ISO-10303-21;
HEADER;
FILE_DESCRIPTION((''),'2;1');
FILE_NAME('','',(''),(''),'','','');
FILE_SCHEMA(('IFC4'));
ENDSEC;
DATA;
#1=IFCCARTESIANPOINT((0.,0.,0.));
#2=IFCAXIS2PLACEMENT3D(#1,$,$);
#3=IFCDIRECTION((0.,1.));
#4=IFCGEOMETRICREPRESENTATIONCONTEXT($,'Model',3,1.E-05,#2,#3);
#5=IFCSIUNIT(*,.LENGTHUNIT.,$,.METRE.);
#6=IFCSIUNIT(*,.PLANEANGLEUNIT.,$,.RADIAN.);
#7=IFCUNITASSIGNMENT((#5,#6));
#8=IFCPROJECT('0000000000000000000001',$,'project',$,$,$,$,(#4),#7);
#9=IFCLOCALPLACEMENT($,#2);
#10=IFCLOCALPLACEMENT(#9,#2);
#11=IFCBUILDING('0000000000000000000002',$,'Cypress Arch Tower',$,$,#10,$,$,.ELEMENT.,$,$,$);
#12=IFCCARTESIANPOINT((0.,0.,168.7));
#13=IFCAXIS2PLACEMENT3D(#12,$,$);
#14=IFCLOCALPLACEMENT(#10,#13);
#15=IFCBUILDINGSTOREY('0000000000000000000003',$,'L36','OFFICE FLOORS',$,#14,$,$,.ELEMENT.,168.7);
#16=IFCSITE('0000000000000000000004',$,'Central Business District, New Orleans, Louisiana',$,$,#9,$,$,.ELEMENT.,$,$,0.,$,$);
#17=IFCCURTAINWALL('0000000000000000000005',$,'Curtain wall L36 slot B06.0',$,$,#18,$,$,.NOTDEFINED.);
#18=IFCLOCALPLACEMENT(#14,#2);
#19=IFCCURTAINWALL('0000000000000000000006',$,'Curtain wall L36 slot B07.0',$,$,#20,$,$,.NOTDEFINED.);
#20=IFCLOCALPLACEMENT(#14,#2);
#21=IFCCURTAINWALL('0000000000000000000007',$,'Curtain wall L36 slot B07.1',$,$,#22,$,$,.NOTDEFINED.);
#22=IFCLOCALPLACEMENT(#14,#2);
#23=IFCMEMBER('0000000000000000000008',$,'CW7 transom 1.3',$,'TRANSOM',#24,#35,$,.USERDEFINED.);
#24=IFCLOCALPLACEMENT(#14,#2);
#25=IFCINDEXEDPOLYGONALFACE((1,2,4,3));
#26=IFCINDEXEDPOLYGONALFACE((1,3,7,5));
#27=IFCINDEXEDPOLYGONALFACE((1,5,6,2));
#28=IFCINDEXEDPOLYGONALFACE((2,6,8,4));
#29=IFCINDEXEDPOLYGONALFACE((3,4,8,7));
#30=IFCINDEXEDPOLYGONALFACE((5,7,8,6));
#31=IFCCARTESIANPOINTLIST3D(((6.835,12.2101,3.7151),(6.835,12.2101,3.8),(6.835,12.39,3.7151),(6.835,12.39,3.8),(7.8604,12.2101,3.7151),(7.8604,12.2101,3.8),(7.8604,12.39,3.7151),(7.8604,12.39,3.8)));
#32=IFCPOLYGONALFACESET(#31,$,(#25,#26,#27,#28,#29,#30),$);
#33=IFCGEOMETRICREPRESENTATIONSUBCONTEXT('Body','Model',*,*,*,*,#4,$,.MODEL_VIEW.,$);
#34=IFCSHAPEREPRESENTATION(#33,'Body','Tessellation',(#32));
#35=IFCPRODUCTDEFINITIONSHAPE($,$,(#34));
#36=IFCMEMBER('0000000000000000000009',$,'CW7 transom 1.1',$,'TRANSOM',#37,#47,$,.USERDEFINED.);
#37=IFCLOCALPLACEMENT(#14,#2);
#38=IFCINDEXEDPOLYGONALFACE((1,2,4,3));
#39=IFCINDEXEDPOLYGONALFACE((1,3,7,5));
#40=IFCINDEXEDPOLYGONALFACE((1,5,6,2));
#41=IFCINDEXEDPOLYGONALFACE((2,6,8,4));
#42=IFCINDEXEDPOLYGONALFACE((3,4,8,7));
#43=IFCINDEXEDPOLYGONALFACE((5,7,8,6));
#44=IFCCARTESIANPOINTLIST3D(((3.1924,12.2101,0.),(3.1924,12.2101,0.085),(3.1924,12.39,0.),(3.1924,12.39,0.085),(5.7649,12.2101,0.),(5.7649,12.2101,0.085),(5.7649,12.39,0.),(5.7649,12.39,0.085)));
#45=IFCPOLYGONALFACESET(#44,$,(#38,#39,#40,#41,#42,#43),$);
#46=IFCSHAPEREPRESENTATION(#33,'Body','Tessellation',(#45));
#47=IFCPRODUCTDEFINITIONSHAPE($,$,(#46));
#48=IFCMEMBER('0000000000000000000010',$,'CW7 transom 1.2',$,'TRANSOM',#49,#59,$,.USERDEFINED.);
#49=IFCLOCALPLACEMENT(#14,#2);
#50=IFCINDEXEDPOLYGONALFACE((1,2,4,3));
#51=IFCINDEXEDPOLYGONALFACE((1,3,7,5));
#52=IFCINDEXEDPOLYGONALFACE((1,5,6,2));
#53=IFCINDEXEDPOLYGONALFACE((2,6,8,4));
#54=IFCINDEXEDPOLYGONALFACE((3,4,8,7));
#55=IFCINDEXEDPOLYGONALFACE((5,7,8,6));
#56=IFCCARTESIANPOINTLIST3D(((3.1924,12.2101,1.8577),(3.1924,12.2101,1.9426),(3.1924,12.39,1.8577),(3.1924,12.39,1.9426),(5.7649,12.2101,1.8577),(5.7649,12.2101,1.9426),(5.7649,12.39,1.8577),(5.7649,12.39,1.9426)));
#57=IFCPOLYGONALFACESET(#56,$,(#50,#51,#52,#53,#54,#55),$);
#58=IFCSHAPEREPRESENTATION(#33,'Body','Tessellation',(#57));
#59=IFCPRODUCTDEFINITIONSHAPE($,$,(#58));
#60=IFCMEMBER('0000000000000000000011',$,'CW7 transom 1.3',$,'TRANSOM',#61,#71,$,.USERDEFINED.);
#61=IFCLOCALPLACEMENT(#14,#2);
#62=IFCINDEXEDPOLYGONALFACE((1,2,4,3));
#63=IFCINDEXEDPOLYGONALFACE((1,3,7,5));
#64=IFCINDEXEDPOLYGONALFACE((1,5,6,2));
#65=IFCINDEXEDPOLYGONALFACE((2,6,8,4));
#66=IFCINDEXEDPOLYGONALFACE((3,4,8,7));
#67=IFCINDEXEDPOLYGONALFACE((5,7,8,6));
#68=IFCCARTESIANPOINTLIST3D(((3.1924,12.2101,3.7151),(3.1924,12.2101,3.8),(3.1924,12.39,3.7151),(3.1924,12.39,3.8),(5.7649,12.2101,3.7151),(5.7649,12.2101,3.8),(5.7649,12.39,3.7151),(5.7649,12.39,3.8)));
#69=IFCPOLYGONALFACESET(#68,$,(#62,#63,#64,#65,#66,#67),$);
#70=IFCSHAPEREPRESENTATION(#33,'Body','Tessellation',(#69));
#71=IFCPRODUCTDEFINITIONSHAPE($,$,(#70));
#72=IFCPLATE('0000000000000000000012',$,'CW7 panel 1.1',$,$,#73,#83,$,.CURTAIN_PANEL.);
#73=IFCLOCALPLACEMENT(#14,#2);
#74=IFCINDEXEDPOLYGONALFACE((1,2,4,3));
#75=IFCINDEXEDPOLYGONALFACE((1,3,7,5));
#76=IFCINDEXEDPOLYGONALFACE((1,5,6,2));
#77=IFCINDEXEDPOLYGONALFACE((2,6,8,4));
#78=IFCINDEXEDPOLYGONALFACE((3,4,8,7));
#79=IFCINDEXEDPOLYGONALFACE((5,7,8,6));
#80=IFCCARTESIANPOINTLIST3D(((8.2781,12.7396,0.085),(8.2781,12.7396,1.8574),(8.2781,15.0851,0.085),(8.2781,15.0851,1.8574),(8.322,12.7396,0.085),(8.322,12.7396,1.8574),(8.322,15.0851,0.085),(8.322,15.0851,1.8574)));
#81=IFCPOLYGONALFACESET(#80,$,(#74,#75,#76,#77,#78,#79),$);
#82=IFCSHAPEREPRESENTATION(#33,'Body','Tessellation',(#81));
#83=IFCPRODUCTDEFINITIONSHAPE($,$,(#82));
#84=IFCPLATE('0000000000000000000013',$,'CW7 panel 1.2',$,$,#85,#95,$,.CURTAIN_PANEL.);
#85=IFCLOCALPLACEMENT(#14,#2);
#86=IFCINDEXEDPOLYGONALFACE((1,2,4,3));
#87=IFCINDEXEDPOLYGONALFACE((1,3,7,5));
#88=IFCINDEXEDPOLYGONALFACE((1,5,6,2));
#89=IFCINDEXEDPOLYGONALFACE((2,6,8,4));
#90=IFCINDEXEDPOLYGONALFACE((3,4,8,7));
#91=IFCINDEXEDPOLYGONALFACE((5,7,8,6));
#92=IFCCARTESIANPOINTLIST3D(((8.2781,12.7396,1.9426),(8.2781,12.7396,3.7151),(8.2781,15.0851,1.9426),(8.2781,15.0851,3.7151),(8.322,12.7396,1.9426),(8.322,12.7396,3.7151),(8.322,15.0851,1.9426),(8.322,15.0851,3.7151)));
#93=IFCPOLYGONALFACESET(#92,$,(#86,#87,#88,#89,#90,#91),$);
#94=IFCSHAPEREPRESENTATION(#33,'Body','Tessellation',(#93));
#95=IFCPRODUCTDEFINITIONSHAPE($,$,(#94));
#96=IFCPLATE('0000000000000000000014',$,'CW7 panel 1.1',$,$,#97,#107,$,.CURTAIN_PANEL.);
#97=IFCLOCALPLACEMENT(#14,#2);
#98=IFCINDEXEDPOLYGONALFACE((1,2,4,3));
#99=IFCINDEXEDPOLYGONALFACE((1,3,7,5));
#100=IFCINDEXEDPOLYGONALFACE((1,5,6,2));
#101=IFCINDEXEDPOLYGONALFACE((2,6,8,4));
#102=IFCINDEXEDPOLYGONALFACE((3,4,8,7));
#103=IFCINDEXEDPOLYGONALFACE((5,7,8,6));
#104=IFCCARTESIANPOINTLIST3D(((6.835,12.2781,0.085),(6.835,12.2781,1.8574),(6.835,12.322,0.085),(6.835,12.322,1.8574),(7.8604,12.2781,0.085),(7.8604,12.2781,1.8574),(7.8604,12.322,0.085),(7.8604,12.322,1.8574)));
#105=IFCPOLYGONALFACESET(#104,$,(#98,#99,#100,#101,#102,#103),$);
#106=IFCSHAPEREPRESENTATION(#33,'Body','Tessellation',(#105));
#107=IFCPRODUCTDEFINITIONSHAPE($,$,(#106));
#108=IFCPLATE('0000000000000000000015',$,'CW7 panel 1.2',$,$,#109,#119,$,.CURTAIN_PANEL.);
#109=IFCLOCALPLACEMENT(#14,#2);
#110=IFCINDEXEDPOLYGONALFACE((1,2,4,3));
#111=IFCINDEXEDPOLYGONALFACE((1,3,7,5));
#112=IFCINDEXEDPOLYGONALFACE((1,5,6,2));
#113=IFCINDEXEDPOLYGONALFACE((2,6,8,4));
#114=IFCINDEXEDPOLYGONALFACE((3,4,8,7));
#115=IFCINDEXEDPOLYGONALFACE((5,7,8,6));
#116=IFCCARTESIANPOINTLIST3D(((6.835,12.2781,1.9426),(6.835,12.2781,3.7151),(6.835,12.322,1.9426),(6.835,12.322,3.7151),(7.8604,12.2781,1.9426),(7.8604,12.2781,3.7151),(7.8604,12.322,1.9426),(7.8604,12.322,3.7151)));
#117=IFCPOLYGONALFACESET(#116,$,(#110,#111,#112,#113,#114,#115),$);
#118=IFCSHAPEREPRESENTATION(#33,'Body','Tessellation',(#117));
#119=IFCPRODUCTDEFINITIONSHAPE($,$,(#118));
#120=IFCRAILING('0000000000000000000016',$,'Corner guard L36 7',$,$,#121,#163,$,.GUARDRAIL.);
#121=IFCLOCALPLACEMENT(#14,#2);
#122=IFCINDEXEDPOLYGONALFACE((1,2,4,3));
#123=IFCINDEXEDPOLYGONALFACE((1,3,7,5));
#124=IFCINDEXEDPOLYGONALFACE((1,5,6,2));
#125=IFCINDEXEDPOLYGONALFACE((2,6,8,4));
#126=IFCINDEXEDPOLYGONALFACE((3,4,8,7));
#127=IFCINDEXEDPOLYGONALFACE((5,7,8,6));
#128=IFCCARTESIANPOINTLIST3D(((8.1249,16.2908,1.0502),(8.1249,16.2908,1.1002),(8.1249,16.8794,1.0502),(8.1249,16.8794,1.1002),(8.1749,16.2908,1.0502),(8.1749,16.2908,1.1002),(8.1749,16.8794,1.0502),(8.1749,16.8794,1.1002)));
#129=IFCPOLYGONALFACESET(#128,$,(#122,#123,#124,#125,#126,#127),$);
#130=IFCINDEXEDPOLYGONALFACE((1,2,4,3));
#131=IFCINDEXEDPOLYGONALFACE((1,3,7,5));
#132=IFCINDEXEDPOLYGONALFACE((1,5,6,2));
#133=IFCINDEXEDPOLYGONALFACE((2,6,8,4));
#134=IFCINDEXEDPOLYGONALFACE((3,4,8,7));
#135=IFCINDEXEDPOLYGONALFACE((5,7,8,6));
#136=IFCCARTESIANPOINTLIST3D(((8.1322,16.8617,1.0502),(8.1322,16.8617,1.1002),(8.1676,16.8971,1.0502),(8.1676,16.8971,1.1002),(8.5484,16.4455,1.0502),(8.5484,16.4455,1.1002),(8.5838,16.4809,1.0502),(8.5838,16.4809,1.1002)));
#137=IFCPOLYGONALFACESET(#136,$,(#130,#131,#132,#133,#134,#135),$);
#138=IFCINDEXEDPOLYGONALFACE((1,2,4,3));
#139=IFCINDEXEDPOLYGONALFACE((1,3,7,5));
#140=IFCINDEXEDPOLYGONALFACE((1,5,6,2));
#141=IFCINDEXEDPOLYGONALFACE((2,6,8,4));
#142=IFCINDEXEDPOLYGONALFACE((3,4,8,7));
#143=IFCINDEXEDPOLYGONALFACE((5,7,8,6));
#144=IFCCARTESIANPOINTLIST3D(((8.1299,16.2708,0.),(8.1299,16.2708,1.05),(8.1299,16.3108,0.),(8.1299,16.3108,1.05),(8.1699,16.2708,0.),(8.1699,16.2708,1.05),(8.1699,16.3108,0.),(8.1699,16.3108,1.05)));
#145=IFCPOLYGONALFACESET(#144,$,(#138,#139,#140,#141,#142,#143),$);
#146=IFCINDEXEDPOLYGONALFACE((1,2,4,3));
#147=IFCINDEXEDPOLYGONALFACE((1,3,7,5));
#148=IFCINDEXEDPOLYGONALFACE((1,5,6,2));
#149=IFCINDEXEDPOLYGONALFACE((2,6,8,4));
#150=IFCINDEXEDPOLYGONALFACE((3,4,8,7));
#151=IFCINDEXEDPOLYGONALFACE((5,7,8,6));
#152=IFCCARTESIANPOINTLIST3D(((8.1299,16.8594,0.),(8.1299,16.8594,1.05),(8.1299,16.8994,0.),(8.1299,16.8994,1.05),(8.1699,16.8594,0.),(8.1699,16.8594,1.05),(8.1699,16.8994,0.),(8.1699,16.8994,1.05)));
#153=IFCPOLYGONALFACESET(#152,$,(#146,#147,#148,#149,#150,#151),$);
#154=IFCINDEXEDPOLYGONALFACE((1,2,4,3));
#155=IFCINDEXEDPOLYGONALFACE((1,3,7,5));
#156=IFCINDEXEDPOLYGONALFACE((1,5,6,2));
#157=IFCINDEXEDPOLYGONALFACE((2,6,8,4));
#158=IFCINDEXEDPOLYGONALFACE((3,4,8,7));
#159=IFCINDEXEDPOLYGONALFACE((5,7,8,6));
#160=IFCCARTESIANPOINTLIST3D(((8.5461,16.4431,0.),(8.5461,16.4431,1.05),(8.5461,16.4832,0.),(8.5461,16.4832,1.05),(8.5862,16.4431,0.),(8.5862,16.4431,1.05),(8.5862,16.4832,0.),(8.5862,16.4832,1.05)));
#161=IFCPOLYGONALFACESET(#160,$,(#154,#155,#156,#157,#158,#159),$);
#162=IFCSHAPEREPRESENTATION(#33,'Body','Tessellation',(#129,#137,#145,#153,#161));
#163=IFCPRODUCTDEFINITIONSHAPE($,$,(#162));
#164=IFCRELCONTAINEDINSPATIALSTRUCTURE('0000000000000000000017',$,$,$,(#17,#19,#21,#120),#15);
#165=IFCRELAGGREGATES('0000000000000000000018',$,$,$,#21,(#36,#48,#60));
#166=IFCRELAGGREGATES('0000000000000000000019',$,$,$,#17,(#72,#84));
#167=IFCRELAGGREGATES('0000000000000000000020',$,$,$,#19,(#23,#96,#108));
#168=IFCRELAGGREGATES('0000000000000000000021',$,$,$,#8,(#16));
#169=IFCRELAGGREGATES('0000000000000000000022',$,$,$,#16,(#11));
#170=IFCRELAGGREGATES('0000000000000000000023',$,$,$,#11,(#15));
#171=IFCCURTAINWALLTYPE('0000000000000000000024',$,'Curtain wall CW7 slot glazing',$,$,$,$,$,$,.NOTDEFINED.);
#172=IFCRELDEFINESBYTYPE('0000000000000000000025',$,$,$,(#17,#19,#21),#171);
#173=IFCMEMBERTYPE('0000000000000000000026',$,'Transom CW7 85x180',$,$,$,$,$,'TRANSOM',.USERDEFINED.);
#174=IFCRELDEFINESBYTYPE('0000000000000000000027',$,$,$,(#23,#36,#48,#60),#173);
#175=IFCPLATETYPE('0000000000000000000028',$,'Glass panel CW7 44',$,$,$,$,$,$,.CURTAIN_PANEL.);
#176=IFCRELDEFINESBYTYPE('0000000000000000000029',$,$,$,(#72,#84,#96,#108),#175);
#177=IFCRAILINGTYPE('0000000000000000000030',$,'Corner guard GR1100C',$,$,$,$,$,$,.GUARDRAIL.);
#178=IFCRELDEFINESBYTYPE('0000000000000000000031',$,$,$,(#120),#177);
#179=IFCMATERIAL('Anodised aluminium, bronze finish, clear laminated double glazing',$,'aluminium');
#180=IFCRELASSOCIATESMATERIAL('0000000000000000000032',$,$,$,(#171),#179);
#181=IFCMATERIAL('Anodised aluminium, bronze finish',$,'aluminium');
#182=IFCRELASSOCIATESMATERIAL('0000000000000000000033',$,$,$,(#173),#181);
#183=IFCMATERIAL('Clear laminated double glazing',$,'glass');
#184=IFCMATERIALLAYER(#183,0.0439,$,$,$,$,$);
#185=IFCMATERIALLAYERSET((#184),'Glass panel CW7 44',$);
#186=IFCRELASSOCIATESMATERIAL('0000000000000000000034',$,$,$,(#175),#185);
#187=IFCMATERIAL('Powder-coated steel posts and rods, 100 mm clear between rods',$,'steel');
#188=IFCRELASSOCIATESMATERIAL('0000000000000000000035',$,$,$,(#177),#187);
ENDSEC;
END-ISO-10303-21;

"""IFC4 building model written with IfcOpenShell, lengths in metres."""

from ifc_helpers import new_model, si_unit, direction, frame, origin, origin_2d, place, context, subcontext, project, spatial, rectangle, extrude, material, layer, layer_set, material_profile, profile_set, type_object, element, aggregate, save


model = new_model("IFC4")

# Units and contexts
model_context = context("Model", 3, precision=1e-05, world=origin(), true_north=direction((0.0, 1.0)))
body_context = subcontext(model_context, "Body", "Model", "MODEL_VIEW")
ifc_project = project(units=[si_unit("LENGTHUNIT", "METRE"), si_unit("PLANEANGLEUNIT", "RADIAN")], contexts=[model_context])

# Site, building, storey
site_placement = place(None, origin())
site = spatial("IfcSite", under=ifc_project, at=site_placement, Name="Central Business District, New Orleans, Louisiana", CompositionType="ELEMENT", RefElevation=0.0)
building_placement = place(site_placement, origin())
building = spatial("IfcBuilding", under=site, at=building_placement, Name="Cypress Arch Tower", CompositionType="ELEMENT")
storey_placement = place(building_placement, frame((0.0, 0.0, 168.7)))
storey = spatial("IfcBuildingStorey", under=building, at=storey_placement, Name="L36", Description="OFFICE FLOORS", CompositionType="ELEMENT", Elevation=168.7)

# Curtain walls
ifc_material_1 = material(Name="Anodised aluminium, bronze finish, clear laminated double glazing", Category="aluminium")
curtain_wall_type = type_object("IfcCurtainWallType", Name="Curtain wall CW7 slot glazing", PredefinedType="NOTDEFINED", material=ifc_material_1)
curtain_wall_1_placement = place(storey_placement, origin())
curtain_wall_1 = element("IfcCurtainWall", 1, at=curtain_wall_1_placement, inside=storey, type_object=curtain_wall_type, Name="Curtain wall L36 slot B06.0", PredefinedType="NOTDEFINED")
curtain_wall_2_placement = place(storey_placement, origin())
curtain_wall_2 = element("IfcCurtainWall", 2, at=curtain_wall_2_placement, inside=storey, type_object=curtain_wall_type, Name="Curtain wall L36 slot B07.0", PredefinedType="NOTDEFINED")

# Curtain wall
curtain_wall_3_placement = place(storey_placement, origin())
curtain_wall_3 = element("IfcCurtainWall", 3, at=curtain_wall_3_placement, inside=storey, type_object=curtain_wall_type, Name="Curtain wall L36 slot B07.1", PredefinedType="NOTDEFINED")

# Members
ifc_material_2 = material(Name="Anodised aluminium, bronze finish", Category="aluminium")
ifc_material_profile_1 = material_profile(ifc_material_2, rectangle(XDim=0.1799, YDim=0.085, at=origin_2d()), Name="Transom 85x180")
ifc_profile_set_1 = profile_set([ifc_material_profile_1], Name="Anodised aluminium, bronze finish")
member_type_1 = type_object("IfcMemberType", Name="Transom CW7 85x180", ElementType="TRANSOM", PredefinedType="USERDEFINED", material=ifc_profile_set_1)
member_1_placement = place(storey_placement, frame((7.8604, 12.3, 3.7576), z_axis=(-1.0, 0.0, 0.0), x_axis=(0.0, -1.0, 0.0)))
member_1 = element("IfcMember", 4, at=member_1_placement, type_object=member_type_1, Name="CW7 transom 1.3", ObjectType="TRANSOM", PredefinedType="USERDEFINED", context=body_context, shape_type="SweptSolid", body=[
    extrude(rectangle(XDim=0.1799, YDim=0.085, at=origin_2d()), origin(), (0.0, 0.0, 1.0), 1.0254),
])
member_2_placement = place(storey_placement, frame((5.7649, 12.3, 0.0425), z_axis=(-1.0, 0.0, 0.0), x_axis=(0.0, -1.0, 0.0)))
member_2 = element("IfcMember", 5, at=member_2_placement, type_object=member_type_1, Name="CW7 transom 1.1", ObjectType="TRANSOM", PredefinedType="USERDEFINED", context=body_context, shape_type="SweptSolid", body=[
    extrude(rectangle(XDim=0.1799, YDim=0.085, at=origin_2d()), origin(), (0.0, 0.0, 1.0), 2.5725),
])
member_3_placement = place(storey_placement, frame((5.7649, 12.3, 1.9001), z_axis=(-1.0, 0.0, 0.0), x_axis=(0.0, -1.0, 0.0)))
member_3 = element("IfcMember", 6, at=member_3_placement, type_object=member_type_1, Name="CW7 transom 1.2", ObjectType="TRANSOM", PredefinedType="USERDEFINED", context=body_context, shape_type="SweptSolid", body=[
    extrude(rectangle(XDim=0.1799, YDim=0.085, at=origin_2d()), origin(), (0.0, 0.0, 1.0), 2.5725),
])
member_4_placement = place(storey_placement, frame((5.7649, 12.3, 3.7576), z_axis=(-1.0, 0.0, 0.0), x_axis=(0.0, -1.0, 0.0)))
member_4 = element("IfcMember", 7, at=member_4_placement, type_object=member_type_1, Name="CW7 transom 1.3", ObjectType="TRANSOM", PredefinedType="USERDEFINED", context=body_context, shape_type="SweptSolid", body=[
    extrude(rectangle(XDim=0.1799, YDim=0.085, at=origin_2d()), origin(), (0.0, 0.0, 1.0), 2.5725),
])
aggregate(curtain_wall_3, [member_2, member_3, member_4])

# Plates
ifc_material_3 = material(Name="Clear laminated double glazing", Category="glass")
ifc_layer = layer(ifc_material_3, 0.0439)
ifc_layer_set = layer_set([ifc_layer], Name="Glass panel CW7 44")
plate_type = type_object("IfcPlateType", Name="Glass panel CW7 44", PredefinedType="CURTAIN_PANEL", material=ifc_layer_set)
plate_1_placement = place(storey_placement, frame((8.3, 13.9124, 0.085), z_axis=(0.0, 0.0, 1.0), x_axis=(0.0, -1.0, 0.0)))
plate_1 = element("IfcPlate", 8, at=plate_1_placement, type_object=plate_type, Name="CW7 panel 1.1", PredefinedType="CURTAIN_PANEL", context=body_context, shape_type="SweptSolid", body=[
    extrude(rectangle(XDim=2.3455, YDim=0.0439, at=origin_2d()), origin(), (0.0, 0.0, 1.0), 1.7725),
])
plate_2_placement = place(storey_placement, frame((8.3, 13.9124, 1.9426), z_axis=(0.0, 0.0, 1.0), x_axis=(0.0, -1.0, 0.0)))
plate_2 = element("IfcPlate", 9, at=plate_2_placement, type_object=plate_type, Name="CW7 panel 1.2", PredefinedType="CURTAIN_PANEL", context=body_context, shape_type="SweptSolid", body=[
    extrude(rectangle(XDim=2.3455, YDim=0.0439, at=origin_2d()), origin(), (0.0, 0.0, 1.0), 1.7725),
])
aggregate(curtain_wall_1, [plate_1, plate_2])
plate_3_placement = place(storey_placement, frame((7.3477, 12.3, 0.085), z_axis=(0.0, 0.0, 1.0), x_axis=(-1.0, 0.0, 0.0)))
plate_3 = element("IfcPlate", 10, at=plate_3_placement, type_object=plate_type, Name="CW7 panel 1.1", PredefinedType="CURTAIN_PANEL", context=body_context, shape_type="SweptSolid", body=[
    extrude(rectangle(XDim=1.0254, YDim=0.0439, at=origin_2d()), origin(), (0.0, 0.0, 1.0), 1.7725),
])
plate_4_placement = place(storey_placement, frame((7.3477, 12.3, 1.9426), z_axis=(0.0, 0.0, 1.0), x_axis=(-1.0, 0.0, 0.0)))
plate_4 = element("IfcPlate", 11, at=plate_4_placement, type_object=plate_type, Name="CW7 panel 1.2", PredefinedType="CURTAIN_PANEL", context=body_context, shape_type="SweptSolid", body=[
    extrude(rectangle(XDim=1.0254, YDim=0.0439, at=origin_2d()), origin(), (0.0, 0.0, 1.0), 1.7725),
])
aggregate(curtain_wall_2, [member_1, plate_3, plate_4])

# Railing
ifc_material_4 = material(Name="Powder-coated steel posts and rods, 100 mm clear between rods", Category="steel")
railing_type = type_object("IfcRailingType", Name="Corner guard GR1100C", PredefinedType="GUARDRAIL", material=ifc_material_4)
railing_placement = place(storey_placement, frame((8.1499, 16.2908, 0.0)))
element("IfcRailing", 12, at=railing_placement, inside=storey, type_object=railing_type, Name="Corner guard L36 7", PredefinedType="GUARDRAIL", context=body_context, shape_type="SweptSolid", body=[
    extrude(rectangle(XDim=0.05, YDim=0.05, at=origin_2d()), frame((0.0, 0.0, 1.0752), z_axis=(0.0, 1.0, 0.0), x_axis=(-1.0, 0.0, 0.0)), (0.0, 0.0, 1.0), 0.5886),
    extrude(rectangle(XDim=0.05, YDim=0.05, at=origin_2d()), frame((0.0, 0.5886, 1.0752), z_axis=(0.707107, -0.707107, 0.0), x_axis=(0.707107, 0.707107, 0.0)), (0.0, 0.0, 1.0), 0.5886),
    extrude(rectangle(XDim=0.04, YDim=0.04, at=origin_2d()), origin(), (0.0, 0.0, 1.0), 1.05),
    extrude(rectangle(XDim=0.04, YDim=0.04, at=origin_2d()), frame((0.0, 0.5886, 0.0)), (0.0, 0.0, 1.0), 1.05),
    extrude(rectangle(XDim=0.04, YDim=0.04, at=origin_2d()), frame((0.4163, 0.1724, 0.0)), (0.0, 0.0, 1.0), 1.05),
])

save(model, "model.ifc")
